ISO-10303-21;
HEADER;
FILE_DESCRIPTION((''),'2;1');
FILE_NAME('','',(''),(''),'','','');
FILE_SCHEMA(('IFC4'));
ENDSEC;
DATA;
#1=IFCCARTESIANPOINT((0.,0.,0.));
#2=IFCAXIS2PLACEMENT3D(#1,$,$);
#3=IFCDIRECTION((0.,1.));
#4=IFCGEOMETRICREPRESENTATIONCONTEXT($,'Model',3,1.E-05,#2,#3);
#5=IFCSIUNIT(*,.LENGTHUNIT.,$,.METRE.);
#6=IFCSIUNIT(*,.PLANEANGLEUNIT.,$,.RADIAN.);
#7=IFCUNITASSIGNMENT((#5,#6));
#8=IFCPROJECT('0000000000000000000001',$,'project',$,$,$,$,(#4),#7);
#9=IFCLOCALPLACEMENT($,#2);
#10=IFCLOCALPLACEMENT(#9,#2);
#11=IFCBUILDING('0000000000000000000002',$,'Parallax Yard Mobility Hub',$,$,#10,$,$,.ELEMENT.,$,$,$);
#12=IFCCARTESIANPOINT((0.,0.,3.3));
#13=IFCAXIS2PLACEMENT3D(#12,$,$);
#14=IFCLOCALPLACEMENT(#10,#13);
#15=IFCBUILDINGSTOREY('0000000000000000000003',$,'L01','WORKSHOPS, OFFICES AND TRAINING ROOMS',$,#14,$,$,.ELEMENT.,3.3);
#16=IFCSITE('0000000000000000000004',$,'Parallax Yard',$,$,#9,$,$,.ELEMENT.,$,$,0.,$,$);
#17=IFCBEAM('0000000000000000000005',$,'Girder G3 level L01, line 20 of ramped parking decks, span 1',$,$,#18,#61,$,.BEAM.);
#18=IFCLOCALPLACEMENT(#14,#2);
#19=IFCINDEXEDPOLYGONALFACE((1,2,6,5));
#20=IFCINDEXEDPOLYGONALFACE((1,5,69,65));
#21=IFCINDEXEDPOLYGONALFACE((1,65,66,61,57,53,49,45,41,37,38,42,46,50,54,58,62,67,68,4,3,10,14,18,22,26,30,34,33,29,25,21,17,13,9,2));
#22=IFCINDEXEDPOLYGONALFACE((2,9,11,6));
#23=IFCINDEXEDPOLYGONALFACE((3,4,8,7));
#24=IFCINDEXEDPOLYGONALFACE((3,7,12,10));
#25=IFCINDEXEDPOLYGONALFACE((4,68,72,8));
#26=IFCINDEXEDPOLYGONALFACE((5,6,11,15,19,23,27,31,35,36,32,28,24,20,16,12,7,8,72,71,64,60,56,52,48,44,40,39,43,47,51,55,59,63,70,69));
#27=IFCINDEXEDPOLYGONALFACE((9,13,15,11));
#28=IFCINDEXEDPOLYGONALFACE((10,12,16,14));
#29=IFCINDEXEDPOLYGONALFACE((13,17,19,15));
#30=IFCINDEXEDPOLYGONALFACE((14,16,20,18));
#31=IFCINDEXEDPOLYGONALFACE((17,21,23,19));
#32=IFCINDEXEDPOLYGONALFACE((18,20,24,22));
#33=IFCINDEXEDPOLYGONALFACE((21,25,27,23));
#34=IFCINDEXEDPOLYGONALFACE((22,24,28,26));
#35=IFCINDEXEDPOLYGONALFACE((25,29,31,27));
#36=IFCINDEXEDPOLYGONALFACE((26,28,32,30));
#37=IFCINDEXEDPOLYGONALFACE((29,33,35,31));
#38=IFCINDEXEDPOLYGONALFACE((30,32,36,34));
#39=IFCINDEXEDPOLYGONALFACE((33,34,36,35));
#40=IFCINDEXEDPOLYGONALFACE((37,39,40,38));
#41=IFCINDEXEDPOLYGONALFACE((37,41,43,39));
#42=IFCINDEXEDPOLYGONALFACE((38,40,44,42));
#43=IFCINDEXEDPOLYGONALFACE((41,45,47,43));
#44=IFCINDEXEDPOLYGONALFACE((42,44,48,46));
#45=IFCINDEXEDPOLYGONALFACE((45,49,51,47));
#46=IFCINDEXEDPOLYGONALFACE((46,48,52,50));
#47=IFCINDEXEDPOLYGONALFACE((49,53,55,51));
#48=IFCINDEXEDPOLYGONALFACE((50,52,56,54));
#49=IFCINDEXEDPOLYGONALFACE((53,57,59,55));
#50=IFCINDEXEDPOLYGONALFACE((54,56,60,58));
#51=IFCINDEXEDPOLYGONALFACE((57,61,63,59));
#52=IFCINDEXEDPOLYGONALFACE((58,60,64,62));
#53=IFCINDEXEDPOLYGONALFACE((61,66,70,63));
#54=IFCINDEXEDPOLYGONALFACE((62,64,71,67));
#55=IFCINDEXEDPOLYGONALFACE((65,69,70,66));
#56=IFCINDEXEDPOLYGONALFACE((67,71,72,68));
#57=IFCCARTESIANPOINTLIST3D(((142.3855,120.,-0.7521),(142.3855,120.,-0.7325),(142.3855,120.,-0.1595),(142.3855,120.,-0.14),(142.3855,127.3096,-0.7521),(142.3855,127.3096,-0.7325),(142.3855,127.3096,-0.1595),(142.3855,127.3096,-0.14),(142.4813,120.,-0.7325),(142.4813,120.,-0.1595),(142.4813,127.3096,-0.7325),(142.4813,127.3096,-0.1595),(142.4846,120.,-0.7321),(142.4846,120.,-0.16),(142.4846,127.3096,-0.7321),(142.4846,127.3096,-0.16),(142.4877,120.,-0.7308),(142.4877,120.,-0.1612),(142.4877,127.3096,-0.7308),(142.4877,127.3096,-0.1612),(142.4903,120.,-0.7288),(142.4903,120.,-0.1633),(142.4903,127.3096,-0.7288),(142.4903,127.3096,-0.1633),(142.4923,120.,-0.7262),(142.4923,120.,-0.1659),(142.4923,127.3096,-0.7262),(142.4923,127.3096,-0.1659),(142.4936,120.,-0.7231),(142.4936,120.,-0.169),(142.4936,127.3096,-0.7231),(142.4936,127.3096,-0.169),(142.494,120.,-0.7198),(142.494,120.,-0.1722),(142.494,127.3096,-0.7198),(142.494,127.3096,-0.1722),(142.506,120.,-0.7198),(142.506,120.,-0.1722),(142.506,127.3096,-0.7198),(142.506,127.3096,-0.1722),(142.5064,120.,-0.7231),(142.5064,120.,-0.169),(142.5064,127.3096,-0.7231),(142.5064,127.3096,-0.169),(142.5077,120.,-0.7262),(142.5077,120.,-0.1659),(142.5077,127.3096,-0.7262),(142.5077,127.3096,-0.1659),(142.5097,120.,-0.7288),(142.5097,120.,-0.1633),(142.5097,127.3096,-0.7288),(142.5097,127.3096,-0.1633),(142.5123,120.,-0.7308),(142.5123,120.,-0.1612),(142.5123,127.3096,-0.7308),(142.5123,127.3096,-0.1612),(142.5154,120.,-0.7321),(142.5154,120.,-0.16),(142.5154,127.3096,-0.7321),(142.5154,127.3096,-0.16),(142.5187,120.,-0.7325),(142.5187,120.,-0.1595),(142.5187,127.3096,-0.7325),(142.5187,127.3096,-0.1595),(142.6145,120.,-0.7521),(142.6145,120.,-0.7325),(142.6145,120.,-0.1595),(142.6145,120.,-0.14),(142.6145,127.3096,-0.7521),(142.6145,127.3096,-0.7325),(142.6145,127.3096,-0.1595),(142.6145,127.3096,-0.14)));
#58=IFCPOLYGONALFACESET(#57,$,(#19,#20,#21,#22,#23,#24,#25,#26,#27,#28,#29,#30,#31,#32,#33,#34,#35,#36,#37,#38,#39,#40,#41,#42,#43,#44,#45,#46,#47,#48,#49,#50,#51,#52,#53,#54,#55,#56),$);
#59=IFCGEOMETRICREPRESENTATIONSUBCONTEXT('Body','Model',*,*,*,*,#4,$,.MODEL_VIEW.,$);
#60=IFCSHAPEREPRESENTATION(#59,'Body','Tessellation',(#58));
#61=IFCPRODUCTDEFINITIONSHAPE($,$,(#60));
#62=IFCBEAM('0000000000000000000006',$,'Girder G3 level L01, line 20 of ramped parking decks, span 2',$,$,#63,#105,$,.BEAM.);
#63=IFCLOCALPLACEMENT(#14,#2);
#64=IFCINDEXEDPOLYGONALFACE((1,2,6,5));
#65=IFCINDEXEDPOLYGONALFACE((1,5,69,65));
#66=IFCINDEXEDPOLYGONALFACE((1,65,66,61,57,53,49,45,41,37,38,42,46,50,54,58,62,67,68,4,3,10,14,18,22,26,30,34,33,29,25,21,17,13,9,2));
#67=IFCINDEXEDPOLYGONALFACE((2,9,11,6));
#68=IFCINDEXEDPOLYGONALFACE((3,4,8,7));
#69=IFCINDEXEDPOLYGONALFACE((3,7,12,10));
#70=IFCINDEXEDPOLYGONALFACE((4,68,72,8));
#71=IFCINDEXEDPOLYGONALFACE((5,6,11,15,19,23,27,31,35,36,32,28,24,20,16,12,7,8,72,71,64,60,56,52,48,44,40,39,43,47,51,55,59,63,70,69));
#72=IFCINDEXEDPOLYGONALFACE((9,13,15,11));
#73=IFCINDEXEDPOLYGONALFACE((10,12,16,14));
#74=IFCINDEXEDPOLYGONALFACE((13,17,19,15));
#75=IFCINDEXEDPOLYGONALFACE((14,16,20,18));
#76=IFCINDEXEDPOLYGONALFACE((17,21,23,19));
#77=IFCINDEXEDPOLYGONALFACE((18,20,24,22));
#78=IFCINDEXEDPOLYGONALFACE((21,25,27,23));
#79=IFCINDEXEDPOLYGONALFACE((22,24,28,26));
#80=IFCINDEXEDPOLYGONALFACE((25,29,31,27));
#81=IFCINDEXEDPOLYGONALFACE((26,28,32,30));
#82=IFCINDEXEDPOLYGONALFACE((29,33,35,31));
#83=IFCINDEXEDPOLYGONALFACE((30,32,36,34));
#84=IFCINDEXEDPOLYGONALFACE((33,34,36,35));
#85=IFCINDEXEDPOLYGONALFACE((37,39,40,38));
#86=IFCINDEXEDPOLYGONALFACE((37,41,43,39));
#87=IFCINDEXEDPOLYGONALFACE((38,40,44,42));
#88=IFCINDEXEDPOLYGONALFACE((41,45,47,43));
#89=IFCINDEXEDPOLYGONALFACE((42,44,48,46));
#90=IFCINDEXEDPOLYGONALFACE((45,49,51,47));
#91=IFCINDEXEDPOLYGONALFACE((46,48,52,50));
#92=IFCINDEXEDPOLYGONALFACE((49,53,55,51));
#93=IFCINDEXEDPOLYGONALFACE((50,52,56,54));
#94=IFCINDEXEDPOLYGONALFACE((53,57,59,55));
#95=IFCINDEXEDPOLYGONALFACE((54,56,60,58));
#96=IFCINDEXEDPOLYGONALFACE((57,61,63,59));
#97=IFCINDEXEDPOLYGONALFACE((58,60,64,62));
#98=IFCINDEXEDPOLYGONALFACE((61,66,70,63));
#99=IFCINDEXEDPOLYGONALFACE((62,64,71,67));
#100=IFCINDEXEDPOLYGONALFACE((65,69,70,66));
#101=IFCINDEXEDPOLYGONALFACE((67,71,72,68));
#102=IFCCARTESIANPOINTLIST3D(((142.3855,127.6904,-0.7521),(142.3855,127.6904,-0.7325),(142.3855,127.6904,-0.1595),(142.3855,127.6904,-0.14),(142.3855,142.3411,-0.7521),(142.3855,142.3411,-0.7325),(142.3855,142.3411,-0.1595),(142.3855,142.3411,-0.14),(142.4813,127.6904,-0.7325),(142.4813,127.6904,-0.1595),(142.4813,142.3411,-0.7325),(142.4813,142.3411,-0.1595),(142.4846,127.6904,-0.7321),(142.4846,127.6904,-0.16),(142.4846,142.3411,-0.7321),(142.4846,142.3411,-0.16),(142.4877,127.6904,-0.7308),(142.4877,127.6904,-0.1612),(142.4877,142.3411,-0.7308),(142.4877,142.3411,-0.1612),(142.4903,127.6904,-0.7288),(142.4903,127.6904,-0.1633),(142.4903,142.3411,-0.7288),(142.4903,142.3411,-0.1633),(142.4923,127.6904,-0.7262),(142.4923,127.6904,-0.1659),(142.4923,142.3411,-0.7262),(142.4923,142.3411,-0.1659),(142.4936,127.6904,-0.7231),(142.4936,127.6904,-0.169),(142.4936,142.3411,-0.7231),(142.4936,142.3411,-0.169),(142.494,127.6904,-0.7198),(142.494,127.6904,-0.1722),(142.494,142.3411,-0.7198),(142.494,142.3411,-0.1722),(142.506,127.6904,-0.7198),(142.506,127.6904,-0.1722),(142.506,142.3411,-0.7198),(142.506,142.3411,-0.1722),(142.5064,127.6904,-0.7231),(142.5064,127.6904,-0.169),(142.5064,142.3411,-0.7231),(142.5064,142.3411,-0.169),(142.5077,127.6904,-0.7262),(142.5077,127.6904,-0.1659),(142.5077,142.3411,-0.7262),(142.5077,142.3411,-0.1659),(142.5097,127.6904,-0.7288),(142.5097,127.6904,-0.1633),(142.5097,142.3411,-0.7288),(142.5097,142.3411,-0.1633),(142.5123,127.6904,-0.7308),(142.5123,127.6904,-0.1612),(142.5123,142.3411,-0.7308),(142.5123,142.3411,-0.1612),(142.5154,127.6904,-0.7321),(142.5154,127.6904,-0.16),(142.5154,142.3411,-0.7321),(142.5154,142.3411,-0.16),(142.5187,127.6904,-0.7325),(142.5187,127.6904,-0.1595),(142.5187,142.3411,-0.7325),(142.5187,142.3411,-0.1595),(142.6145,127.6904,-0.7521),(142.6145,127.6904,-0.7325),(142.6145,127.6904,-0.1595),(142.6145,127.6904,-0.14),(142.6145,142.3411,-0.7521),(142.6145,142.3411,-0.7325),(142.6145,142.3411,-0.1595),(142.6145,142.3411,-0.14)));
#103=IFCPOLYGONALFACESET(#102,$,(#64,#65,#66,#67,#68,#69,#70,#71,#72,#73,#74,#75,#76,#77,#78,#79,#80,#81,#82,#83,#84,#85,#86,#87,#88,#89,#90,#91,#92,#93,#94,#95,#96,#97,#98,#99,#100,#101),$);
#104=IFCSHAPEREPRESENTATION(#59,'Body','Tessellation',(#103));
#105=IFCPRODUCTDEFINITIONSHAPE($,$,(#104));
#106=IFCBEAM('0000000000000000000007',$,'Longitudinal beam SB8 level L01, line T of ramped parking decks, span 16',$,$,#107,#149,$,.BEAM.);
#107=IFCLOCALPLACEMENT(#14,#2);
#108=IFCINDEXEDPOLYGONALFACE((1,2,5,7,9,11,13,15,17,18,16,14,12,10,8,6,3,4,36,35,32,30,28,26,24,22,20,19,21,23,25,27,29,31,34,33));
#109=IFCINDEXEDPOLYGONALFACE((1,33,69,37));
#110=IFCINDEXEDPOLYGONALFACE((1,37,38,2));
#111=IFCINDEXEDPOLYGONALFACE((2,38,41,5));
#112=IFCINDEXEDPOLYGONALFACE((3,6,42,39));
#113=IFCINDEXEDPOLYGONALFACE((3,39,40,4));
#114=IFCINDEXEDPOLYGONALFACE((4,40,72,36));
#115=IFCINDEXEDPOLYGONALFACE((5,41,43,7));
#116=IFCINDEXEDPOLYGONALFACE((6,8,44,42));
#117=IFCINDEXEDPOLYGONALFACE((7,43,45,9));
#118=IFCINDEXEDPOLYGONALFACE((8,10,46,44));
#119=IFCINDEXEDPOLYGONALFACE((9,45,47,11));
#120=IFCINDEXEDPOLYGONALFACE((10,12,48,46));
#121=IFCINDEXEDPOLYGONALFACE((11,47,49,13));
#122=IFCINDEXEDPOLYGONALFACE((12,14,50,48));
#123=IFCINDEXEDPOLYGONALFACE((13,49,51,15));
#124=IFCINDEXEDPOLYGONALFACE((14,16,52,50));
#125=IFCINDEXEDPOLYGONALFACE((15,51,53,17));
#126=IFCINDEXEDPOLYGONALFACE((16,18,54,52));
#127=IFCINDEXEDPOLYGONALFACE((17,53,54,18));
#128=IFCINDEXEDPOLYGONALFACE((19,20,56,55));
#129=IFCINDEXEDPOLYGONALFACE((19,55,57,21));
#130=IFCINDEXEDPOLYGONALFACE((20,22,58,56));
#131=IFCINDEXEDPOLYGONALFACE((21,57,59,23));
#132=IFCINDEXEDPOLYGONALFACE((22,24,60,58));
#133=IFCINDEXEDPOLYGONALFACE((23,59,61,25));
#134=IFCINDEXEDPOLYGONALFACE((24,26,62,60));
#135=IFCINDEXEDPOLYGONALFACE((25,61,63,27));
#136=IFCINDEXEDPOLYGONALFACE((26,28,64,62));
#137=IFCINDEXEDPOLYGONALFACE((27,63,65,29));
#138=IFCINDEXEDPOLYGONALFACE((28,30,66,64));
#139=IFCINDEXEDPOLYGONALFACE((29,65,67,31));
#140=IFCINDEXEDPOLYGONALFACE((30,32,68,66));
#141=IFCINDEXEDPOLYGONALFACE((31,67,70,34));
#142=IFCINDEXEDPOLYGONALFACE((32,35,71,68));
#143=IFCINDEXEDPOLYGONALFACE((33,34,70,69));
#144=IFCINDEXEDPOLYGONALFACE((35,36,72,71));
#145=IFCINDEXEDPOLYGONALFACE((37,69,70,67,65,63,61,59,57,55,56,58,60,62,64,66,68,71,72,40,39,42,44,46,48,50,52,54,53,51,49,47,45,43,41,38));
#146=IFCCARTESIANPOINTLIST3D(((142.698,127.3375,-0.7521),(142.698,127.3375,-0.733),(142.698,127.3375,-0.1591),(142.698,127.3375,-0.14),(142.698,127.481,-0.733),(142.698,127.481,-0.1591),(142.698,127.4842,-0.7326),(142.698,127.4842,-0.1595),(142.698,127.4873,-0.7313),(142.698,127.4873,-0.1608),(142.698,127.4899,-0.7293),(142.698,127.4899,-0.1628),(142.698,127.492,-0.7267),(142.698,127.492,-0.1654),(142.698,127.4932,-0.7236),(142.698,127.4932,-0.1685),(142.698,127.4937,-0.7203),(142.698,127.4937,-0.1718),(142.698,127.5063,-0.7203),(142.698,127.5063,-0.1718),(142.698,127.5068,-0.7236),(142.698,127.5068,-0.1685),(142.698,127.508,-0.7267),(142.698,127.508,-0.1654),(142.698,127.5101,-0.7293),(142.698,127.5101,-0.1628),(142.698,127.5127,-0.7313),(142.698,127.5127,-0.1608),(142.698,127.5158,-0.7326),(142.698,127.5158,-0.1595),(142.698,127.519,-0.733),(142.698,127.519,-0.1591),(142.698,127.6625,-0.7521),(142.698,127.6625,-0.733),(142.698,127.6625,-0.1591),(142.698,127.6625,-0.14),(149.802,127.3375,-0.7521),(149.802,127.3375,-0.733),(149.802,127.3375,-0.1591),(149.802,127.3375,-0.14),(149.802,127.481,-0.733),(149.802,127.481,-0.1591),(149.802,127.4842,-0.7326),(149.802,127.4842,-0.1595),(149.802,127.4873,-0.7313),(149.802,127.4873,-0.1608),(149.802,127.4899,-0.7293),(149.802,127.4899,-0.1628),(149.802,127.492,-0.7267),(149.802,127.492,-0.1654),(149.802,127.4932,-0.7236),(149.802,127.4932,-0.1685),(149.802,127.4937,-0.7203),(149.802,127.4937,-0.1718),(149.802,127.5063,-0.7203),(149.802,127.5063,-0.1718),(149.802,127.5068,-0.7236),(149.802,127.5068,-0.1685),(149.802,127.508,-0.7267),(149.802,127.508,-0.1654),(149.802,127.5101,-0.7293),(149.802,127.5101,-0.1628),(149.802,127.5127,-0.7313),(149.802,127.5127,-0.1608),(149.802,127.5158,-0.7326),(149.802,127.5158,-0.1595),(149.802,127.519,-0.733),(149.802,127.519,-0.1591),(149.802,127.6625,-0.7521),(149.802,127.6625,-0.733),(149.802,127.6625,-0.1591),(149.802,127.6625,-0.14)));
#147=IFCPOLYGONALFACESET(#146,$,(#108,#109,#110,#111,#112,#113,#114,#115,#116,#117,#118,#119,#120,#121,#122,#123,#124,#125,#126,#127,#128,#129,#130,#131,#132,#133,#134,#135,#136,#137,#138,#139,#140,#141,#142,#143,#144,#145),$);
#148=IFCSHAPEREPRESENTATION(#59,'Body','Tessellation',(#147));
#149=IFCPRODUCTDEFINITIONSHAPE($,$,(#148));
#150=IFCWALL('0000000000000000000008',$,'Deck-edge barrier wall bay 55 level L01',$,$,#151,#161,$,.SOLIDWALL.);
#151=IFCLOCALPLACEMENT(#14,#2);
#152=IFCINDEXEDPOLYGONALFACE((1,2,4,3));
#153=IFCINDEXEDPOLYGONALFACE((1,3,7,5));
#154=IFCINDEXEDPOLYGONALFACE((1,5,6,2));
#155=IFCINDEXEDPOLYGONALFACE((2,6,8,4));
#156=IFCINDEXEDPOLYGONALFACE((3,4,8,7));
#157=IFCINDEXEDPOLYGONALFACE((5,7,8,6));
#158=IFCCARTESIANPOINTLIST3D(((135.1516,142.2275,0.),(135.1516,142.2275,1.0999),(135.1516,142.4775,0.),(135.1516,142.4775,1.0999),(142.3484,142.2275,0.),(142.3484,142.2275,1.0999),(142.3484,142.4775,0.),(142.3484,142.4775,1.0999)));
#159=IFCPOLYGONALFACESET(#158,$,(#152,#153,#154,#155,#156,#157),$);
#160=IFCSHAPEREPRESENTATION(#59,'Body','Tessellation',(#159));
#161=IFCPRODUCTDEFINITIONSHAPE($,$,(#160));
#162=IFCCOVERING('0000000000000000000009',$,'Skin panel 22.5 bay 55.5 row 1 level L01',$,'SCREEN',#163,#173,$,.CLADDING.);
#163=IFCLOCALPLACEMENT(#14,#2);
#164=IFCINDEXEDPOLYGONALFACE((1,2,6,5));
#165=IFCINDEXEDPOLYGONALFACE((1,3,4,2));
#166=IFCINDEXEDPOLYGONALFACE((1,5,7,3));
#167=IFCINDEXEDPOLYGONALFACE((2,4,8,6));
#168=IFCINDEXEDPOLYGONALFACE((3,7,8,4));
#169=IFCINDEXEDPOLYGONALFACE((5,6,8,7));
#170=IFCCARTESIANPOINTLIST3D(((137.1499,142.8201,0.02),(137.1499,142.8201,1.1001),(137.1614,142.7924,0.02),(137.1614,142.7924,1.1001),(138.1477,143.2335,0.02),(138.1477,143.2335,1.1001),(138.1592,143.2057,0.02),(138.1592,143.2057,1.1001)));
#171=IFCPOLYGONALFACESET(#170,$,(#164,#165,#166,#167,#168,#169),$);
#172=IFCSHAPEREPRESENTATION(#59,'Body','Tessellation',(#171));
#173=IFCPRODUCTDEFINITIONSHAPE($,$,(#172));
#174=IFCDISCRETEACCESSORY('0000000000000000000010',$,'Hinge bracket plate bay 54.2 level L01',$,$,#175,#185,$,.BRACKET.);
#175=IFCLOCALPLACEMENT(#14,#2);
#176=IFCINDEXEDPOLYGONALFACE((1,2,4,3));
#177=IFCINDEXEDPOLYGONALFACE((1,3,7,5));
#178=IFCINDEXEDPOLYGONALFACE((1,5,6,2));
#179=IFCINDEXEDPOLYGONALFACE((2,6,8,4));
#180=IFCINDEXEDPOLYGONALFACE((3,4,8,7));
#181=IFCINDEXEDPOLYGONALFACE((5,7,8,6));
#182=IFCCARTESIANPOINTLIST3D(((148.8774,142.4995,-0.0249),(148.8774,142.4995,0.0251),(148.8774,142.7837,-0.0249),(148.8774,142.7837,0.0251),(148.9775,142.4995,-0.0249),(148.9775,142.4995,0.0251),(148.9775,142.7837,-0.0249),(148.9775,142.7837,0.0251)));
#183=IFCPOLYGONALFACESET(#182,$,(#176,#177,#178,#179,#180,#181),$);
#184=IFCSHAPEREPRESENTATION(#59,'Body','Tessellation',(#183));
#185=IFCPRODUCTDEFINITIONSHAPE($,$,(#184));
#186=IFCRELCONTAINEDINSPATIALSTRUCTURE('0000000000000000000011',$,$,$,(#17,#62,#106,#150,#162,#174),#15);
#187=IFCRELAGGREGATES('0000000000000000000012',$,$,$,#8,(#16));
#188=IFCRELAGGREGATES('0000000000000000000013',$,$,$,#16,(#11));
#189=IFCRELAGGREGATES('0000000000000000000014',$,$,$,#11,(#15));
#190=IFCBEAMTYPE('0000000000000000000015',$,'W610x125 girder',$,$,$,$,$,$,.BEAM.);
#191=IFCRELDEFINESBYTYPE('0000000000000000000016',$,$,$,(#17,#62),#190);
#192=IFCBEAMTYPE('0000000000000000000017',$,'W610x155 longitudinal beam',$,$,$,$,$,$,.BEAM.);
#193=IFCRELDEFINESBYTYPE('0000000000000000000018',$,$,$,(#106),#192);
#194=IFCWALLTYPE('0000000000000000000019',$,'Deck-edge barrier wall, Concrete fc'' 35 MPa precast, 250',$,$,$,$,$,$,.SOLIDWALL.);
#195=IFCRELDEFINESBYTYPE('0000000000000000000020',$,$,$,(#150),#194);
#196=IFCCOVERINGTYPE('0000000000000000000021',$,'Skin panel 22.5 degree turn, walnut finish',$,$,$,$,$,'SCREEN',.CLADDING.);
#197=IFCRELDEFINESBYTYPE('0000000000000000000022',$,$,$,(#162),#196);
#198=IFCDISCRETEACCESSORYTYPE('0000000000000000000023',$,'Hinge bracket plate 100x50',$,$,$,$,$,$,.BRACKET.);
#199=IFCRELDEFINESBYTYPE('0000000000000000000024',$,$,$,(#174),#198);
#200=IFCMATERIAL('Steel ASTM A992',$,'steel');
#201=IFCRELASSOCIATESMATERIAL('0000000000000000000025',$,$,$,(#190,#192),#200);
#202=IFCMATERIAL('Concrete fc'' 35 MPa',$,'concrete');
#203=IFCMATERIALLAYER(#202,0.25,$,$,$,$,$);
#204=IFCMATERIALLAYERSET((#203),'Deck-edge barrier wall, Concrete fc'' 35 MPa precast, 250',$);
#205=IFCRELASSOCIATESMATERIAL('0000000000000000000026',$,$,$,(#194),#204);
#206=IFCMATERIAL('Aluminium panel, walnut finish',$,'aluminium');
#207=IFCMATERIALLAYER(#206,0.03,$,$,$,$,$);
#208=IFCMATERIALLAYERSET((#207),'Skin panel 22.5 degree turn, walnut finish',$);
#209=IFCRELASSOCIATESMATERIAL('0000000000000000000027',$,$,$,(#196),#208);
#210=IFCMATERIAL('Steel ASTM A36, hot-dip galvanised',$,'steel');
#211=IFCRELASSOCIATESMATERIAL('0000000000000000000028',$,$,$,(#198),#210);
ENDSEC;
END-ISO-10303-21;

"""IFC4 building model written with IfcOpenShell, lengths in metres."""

from ifc_helpers import new_model, si_unit, direction, frame, frame_2d, origin, origin_2d, place, context, subcontext, project, spatial, rectangle, i_section, extrude, material, layer, layer_set, material_profile, profile_set, type_object, element, save


model = new_model("IFC4")

# Units and contexts
model_context = context("Model", 3, precision=1e-05, world=origin(), true_north=direction((0.0, 1.0)))
body_context = subcontext(model_context, "Body", "Model", "MODEL_VIEW")
ifc_project = project(units=[si_unit("LENGTHUNIT", "METRE"), si_unit("PLANEANGLEUNIT", "RADIAN")], contexts=[model_context])

# Site, building, storey
site_placement = place(None, origin())
site = spatial("IfcSite", under=ifc_project, at=site_placement, Name="Parallax Yard", CompositionType="ELEMENT", RefElevation=0.0)
building_placement = place(site_placement, origin())
building = spatial("IfcBuilding", under=site, at=building_placement, Name="Parallax Yard Mobility Hub", CompositionType="ELEMENT")
storey_placement = place(building_placement, frame((0.0, 0.0, 3.3)))
storey = spatial("IfcBuildingStorey", under=building, at=storey_placement, Name="L01", Description="WORKSHOPS, OFFICES AND TRAINING ROOMS", CompositionType="ELEMENT", Elevation=3.3)

# Shared definitions
ifc_material_1 = material(Name="Steel ASTM A992", Category="steel")

# Beams
ifc_material_profile_1 = material_profile(ifc_material_1, i_section(OverallWidth=0.229, OverallDepth=0.6121, WebThickness=0.012, FlangeThickness=0.0195, FilletRadius=0.0127, at=origin_2d()), Name="W610x125")
ifc_profile_set_1 = profile_set([ifc_material_profile_1], Name="Steel ASTM A992")
beam_type_1 = type_object("IfcBeamType", Name="W610x125 girder", PredefinedType="BEAM", material=ifc_profile_set_1)
beam_1_placement = place(storey_placement, frame((142.5, 120.0, -0.446), z_axis=(0.0, 1.0, 0.0), x_axis=(-1.0, 0.0, 0.0)))
element("IfcBeam", 1, at=beam_1_placement, inside=storey, type_object=beam_type_1, Name="Girder G3 level L01, line 20 of ramped parking decks, span 1", PredefinedType="BEAM", context=body_context, shape_type="SweptSolid", body=[
    extrude(i_section(OverallWidth=0.229, OverallDepth=0.6121, WebThickness=0.012, FlangeThickness=0.0195, FilletRadius=0.0127, at=origin_2d()), origin(), (0.0, 0.0, 1.0), 7.3096),
])
beam_2_placement = place(storey_placement, frame((142.5, 127.6904, -0.446), z_axis=(0.0, 1.0, 0.0), x_axis=(-1.0, 0.0, 0.0)))
element("IfcBeam", 2, at=beam_2_placement, inside=storey, type_object=beam_type_1, Name="Girder G3 level L01, line 20 of ramped parking decks, span 2", PredefinedType="BEAM", context=body_context, shape_type="SweptSolid", body=[
    extrude(i_section(OverallWidth=0.229, OverallDepth=0.6121, WebThickness=0.012, FlangeThickness=0.0195, FilletRadius=0.0127, at=origin_2d()), origin(), (0.0, 0.0, 1.0), 14.6506),
])
ifc_material_profile_2 = material_profile(ifc_material_1, i_section(OverallWidth=0.325, OverallDepth=0.6121, WebThickness=0.0127, FlangeThickness=0.019, FilletRadius=0.0127, at=origin_2d()), Name="W610x155")
ifc_profile_set_2 = profile_set([ifc_material_profile_2], Name="Steel ASTM A992")
beam_type_2 = type_object("IfcBeamType", Name="W610x155 longitudinal beam", PredefinedType="BEAM", material=ifc_profile_set_2)
beam_3_placement = place(storey_placement, frame((142.698, 127.5, -0.446), z_axis=(1.0, 0.0, 0.0), x_axis=(0.0, 1.0, 0.0)))
element("IfcBeam", 3, at=beam_3_placement, inside=storey, type_object=beam_type_2, Name="Longitudinal beam SB8 level L01, line T of ramped parking decks, span 16", PredefinedType="BEAM", context=body_context, shape_type="SweptSolid", body=[
    extrude(i_section(OverallWidth=0.325, OverallDepth=0.6121, WebThickness=0.0127, FlangeThickness=0.019, FilletRadius=0.0127, at=origin_2d()), origin(), (0.0, 0.0, 1.0), 7.104),
])

# Wall
ifc_material_2 = material(Name="Concrete fc' 35 MPa", Category="concrete")
ifc_layer_1 = layer(ifc_material_2, 0.25)
ifc_layer_set_1 = layer_set([ifc_layer_1], Name="Deck-edge barrier wall, Concrete fc' 35 MPa precast, 250")
wall_type = type_object("IfcWallType", Name="Deck-edge barrier wall, Concrete fc' 35 MPa precast, 250", PredefinedType="SOLIDWALL", material=ifc_layer_set_1)
wall_placement = place(storey_placement, frame((142.3484, 142.3525, 0.0), z_axis=(0.0, 0.0, 1.0), x_axis=(-1.0, 0.0, 0.0)))
element("IfcWall", 4, at=wall_placement, inside=storey, type_object=wall_type, Name="Deck-edge barrier wall bay 55 level L01", PredefinedType="SOLIDWALL", context=body_context, shape_type="SweptSolid", body=[
    extrude(rectangle(XDim=7.1968, YDim=0.25, at=frame_2d((3.5984, 0.0))), origin(), (0.0, 0.0, 1.0), 1.0999),
])

# Covering
ifc_material_3 = material(Name="Aluminium panel, walnut finish", Category="aluminium")
ifc_layer_2 = layer(ifc_material_3, 0.03)
ifc_layer_set_2 = layer_set([ifc_layer_2], Name="Skin panel 22.5 degree turn, walnut finish")
covering_type = type_object("IfcCoveringType", Name="Skin panel 22.5 degree turn, walnut finish", ElementType="SCREEN", PredefinedType="CLADDING", material=ifc_layer_set_2)
covering_placement = place(storey_placement, frame((137.6545, 143.0129, 0.02), z_axis=(0.0, 0.0, 1.0), x_axis=(0.92388, 0.382683, 0.0)))
element("IfcCovering", 5, at=covering_placement, inside=storey, type_object=covering_type, Name="Skin panel 22.5 bay 55.5 row 1 level L01", ObjectType="SCREEN", PredefinedType="CLADDING", context=body_context, shape_type="SweptSolid", body=[
    extrude(rectangle(XDim=1.0801, YDim=0.03, at=origin_2d()), origin(), (0.0, 0.0, 1.0), 1.0801),
])

# Discrete accessory
ifc_material_4 = material(Name="Steel ASTM A36, hot-dip galvanised", Category="steel")
discrete_accessory_type_1 = type_object("IfcDiscreteAccessoryType", Name="Hinge bracket plate 100x50", PredefinedType="BRACKET", material=ifc_material_4)
for number, where, z_axis, x_axis, name in (
    (6, (148.9275, 142.6416, -0.0249), (0.0, 0.0, 1.0), (0.0, 1.0, 0.0), "Hinge bracket plate bay 54.2 level L01"),
):
    element("IfcDiscreteAccessory", number, at=place(storey_placement, frame(where, z_axis=z_axis, x_axis=x_axis)), inside=storey, type_object=discrete_accessory_type_1, Name=name, PredefinedType="BRACKET", context=body_context, shape_type="SweptSolid", body=[
        extrude(rectangle(XDim=0.2842, YDim=0.1001, at=origin_2d()), origin(), (0.0, 0.0, 1.0), 0.05),
    ])

save(model, "model.ifc")
